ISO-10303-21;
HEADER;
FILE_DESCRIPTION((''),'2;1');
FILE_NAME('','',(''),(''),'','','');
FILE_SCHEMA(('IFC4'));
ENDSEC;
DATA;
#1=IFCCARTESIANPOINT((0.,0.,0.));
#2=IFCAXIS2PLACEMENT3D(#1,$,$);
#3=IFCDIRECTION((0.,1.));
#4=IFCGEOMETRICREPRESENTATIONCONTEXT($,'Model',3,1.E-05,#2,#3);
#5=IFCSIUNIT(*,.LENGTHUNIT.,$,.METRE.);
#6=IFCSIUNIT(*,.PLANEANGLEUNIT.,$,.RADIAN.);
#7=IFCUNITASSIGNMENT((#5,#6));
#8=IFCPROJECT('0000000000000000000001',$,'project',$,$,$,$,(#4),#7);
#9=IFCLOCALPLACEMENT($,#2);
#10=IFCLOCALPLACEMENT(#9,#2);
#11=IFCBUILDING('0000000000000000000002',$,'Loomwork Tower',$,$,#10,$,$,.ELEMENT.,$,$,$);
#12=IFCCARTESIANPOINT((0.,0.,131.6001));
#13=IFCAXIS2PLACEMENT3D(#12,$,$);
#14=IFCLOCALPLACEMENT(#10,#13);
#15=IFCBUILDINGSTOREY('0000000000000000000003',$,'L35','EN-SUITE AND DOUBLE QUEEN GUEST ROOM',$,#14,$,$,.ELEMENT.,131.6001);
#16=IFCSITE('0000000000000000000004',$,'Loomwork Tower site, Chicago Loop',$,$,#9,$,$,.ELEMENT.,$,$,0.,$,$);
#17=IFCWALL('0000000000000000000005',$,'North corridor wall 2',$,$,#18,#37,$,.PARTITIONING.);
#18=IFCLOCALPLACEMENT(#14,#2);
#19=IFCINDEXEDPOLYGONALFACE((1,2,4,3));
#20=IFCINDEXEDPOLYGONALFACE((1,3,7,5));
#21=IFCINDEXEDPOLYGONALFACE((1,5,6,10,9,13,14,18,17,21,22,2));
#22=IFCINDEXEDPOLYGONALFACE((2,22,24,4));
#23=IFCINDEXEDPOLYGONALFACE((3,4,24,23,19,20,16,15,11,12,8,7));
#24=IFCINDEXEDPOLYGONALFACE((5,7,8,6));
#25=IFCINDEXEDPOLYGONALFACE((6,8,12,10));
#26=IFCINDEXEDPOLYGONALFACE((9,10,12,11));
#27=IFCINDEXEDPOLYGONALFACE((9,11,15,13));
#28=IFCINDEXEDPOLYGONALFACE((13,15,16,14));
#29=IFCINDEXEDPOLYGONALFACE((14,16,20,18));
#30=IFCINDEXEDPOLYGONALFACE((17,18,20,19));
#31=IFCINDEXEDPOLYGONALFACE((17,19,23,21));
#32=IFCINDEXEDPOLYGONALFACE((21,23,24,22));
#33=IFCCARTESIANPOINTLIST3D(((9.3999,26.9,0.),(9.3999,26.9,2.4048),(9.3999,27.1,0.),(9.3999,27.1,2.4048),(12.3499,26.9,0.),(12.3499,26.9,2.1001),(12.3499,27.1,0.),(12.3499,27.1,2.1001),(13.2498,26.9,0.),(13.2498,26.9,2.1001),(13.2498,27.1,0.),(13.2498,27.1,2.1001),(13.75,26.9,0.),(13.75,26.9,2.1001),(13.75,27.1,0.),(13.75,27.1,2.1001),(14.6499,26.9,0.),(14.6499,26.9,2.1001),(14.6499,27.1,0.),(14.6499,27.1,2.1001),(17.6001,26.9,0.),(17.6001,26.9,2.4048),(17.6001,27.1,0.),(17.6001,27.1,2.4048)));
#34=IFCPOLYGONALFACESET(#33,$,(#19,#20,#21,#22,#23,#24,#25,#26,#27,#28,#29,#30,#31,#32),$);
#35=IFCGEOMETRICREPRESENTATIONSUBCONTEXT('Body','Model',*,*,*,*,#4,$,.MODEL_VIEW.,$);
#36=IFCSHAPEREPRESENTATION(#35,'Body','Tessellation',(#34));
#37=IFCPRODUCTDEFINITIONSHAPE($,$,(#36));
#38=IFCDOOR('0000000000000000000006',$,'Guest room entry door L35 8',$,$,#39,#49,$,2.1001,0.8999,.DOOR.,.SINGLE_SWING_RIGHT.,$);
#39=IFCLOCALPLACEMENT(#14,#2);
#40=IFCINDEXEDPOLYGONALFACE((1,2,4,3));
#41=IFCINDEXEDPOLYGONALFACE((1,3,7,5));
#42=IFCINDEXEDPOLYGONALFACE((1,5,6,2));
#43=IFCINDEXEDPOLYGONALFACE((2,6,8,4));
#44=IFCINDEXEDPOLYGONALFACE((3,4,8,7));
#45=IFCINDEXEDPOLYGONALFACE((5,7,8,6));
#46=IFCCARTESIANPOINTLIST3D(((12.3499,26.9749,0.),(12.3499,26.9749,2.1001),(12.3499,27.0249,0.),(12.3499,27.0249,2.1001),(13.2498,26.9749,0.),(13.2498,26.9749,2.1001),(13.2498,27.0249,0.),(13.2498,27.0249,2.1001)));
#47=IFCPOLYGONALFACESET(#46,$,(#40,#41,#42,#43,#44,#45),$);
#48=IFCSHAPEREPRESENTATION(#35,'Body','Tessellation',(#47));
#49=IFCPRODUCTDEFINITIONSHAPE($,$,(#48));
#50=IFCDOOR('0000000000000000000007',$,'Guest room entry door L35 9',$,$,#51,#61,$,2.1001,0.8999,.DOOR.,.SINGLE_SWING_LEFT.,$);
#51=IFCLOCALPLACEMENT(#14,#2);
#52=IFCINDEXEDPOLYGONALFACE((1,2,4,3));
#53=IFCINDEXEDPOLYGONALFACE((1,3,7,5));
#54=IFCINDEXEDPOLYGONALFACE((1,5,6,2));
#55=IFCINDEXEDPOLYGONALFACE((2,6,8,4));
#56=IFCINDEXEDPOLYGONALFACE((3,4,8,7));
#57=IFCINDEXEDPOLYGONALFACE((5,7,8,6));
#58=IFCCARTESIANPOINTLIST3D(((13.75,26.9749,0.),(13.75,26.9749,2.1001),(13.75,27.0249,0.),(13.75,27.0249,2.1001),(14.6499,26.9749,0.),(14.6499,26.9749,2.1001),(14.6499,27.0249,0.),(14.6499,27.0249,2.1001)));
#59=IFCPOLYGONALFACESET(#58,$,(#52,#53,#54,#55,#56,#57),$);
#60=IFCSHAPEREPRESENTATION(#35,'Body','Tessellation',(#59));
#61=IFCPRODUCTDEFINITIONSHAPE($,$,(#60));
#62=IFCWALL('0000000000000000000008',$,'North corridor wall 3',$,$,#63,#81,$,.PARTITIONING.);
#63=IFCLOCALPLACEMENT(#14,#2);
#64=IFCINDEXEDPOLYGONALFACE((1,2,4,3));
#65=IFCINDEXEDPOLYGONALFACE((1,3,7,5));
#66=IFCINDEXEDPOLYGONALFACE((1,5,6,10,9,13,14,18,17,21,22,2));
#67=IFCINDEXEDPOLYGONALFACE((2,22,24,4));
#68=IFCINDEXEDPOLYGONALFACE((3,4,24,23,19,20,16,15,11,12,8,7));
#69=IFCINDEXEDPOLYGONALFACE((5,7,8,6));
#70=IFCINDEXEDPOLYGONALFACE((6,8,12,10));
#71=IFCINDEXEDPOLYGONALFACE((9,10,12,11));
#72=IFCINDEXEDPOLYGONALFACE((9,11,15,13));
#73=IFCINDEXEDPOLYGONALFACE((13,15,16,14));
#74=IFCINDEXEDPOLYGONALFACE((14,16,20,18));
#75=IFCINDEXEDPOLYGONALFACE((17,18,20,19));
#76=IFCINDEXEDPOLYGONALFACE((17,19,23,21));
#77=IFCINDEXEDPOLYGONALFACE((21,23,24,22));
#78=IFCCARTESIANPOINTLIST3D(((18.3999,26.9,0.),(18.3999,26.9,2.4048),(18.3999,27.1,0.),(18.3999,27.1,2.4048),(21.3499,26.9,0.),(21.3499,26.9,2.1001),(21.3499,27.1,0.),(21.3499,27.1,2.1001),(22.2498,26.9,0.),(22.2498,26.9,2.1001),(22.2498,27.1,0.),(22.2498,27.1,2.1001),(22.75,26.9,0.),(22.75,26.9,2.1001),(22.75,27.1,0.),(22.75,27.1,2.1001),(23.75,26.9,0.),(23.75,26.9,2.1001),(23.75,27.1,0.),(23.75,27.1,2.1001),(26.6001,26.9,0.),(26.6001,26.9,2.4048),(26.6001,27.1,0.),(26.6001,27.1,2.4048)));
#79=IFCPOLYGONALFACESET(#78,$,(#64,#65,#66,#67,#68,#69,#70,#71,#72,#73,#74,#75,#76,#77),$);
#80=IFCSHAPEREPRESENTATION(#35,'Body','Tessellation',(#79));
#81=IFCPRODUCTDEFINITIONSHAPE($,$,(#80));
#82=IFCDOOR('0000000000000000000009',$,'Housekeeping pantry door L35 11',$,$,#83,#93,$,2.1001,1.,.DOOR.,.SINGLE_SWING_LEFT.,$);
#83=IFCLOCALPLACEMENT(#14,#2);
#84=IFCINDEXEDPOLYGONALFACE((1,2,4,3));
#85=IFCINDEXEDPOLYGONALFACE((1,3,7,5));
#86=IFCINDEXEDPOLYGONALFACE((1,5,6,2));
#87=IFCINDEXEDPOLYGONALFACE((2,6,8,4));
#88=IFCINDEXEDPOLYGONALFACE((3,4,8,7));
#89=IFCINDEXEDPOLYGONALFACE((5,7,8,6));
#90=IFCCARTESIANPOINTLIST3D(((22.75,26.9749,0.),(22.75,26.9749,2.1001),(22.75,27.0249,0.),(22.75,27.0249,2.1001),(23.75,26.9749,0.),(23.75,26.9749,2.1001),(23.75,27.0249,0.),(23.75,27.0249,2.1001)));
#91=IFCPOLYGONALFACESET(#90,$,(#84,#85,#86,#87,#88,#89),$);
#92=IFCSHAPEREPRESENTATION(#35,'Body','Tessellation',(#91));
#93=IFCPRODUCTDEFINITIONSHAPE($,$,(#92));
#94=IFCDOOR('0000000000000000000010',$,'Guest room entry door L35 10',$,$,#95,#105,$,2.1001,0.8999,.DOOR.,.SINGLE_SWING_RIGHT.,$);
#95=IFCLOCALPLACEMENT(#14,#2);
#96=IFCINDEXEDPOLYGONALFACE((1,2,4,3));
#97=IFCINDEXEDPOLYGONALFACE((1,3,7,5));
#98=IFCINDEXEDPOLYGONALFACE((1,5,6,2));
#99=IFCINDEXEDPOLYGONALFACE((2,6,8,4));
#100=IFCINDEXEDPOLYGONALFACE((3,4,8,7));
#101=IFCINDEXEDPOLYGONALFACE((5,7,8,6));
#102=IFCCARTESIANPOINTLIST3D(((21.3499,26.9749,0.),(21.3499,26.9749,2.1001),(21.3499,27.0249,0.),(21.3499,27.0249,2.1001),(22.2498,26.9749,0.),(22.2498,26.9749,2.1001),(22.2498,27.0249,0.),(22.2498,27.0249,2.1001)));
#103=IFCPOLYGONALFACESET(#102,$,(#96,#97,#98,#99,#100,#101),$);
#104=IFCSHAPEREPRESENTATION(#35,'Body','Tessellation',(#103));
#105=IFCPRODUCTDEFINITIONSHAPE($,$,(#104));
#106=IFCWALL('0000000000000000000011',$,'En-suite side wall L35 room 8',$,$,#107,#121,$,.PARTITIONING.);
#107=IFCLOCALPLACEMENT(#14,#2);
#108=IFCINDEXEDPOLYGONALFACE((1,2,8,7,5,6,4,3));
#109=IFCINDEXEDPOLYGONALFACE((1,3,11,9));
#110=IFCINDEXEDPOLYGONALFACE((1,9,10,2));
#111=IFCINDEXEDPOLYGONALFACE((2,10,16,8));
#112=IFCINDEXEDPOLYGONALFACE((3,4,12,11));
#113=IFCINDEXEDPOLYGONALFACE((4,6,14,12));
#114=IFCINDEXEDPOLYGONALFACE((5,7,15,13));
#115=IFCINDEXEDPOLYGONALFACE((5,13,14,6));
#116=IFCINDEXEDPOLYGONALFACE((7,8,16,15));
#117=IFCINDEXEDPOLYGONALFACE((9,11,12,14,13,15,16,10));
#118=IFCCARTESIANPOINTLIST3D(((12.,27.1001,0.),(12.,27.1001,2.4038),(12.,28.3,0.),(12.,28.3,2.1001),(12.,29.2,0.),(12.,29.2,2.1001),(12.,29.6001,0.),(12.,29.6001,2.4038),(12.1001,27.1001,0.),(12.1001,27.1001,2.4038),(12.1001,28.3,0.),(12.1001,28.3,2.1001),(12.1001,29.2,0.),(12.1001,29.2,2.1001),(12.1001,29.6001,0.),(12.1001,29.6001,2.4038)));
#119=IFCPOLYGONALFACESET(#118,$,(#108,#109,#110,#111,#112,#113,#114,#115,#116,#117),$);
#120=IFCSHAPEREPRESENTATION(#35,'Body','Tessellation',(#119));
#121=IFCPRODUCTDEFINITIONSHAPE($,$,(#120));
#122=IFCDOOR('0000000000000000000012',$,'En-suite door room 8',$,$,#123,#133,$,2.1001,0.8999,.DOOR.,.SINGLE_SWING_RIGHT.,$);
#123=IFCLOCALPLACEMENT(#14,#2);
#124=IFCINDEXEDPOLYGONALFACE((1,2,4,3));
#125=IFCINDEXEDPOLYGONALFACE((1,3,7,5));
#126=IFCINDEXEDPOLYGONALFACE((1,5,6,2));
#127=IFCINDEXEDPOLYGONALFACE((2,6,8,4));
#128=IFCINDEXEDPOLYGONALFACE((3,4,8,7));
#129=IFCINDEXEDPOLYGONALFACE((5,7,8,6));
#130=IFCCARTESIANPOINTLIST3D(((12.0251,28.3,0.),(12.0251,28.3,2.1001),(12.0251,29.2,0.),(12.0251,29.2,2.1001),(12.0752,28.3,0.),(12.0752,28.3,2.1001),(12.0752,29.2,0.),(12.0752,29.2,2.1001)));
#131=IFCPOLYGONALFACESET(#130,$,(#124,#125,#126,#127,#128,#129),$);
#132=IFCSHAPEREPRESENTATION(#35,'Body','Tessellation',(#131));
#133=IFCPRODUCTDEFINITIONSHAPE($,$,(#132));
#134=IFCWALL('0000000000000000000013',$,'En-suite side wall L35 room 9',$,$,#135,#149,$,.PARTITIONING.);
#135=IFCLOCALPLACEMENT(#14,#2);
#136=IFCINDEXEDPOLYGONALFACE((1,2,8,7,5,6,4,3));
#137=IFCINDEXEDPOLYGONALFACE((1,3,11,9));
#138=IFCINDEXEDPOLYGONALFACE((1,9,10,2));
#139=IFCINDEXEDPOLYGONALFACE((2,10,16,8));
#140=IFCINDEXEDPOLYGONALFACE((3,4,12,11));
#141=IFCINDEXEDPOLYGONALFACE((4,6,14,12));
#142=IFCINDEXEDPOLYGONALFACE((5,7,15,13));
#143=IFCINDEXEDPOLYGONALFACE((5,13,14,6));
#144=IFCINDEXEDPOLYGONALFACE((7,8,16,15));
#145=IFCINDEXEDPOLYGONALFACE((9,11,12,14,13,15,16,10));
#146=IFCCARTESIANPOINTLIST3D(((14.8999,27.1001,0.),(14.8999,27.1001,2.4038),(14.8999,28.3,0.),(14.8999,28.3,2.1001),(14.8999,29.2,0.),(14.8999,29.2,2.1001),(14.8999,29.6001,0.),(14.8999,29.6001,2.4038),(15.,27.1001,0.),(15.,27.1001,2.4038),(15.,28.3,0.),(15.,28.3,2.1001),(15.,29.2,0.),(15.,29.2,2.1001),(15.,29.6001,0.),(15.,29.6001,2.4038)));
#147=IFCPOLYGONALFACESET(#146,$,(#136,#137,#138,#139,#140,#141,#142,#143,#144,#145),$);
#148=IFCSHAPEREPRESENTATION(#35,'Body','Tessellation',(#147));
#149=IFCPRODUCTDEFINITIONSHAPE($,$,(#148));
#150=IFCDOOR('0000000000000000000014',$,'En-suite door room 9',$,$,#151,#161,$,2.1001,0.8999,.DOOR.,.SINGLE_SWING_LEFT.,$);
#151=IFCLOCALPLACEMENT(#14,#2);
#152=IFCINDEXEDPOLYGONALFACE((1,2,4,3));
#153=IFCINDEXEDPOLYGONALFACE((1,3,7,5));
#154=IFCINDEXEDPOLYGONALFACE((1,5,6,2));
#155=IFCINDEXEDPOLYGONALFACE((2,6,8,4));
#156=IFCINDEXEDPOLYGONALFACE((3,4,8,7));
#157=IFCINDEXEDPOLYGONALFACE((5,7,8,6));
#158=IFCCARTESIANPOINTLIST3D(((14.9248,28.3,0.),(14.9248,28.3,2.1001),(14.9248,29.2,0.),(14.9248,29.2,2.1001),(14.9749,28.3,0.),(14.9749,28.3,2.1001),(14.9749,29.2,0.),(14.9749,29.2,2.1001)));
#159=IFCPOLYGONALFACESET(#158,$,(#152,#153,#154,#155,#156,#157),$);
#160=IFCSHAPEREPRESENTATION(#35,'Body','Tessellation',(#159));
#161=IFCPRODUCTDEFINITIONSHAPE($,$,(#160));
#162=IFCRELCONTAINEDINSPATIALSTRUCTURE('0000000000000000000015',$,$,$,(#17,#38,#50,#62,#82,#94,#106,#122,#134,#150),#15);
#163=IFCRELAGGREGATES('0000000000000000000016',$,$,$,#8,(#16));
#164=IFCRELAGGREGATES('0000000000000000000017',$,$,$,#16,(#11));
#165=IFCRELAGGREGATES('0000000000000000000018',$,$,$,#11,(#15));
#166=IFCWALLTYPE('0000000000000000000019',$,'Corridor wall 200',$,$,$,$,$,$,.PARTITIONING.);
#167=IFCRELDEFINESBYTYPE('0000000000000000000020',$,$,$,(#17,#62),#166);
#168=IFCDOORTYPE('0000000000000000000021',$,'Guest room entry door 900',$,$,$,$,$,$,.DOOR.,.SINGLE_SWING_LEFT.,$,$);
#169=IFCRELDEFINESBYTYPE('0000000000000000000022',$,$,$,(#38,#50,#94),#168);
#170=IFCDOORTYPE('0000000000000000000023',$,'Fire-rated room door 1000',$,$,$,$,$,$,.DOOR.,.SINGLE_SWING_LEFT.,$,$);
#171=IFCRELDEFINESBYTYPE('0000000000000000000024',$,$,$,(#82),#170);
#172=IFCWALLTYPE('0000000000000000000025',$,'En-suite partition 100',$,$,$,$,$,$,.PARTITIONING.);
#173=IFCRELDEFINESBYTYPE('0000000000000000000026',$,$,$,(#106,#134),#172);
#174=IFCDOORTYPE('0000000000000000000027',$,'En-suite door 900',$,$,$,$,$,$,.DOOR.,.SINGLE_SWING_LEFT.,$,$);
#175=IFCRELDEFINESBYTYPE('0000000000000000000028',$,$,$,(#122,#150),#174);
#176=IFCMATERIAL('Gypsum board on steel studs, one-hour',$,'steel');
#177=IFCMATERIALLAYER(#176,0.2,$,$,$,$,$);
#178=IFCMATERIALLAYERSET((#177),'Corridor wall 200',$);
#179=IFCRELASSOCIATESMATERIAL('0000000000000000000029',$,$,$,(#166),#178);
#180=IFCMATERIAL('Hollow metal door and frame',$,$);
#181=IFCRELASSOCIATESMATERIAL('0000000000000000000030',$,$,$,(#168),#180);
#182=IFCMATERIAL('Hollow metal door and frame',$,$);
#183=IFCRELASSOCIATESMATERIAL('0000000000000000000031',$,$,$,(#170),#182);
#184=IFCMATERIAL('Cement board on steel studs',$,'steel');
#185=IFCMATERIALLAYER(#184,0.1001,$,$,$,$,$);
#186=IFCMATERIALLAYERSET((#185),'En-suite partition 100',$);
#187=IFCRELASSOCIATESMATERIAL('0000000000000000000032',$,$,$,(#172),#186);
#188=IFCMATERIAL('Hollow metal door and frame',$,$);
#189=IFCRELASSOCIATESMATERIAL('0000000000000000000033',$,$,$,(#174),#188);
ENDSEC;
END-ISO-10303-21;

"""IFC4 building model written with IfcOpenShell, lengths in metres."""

from ifc_helpers import new_model, si_unit, direction, frame, frame_2d, origin, place, context, subcontext, project, spatial, rectangle, extrude, material, layer, layer_set, type_object, element, fill, save


model = new_model("IFC4")

# Units and contexts
model_context = context("Model", 3, precision=1e-05, world=origin(), true_north=direction((0.0, 1.0)))
body_context = subcontext(model_context, "Body", "Model", "MODEL_VIEW")
ifc_project = project(units=[si_unit("LENGTHUNIT", "METRE"), si_unit("PLANEANGLEUNIT", "RADIAN")], contexts=[model_context])

# Site, building, storey
site_placement = place(None, origin())
site = spatial("IfcSite", under=ifc_project, at=site_placement, Name="Loomwork Tower site, Chicago Loop", CompositionType="ELEMENT", RefElevation=0.0)
building_placement = place(site_placement, origin())
building = spatial("IfcBuilding", under=site, at=building_placement, Name="Loomwork Tower", CompositionType="ELEMENT")
storey_placement = place(building_placement, frame((0.0, 0.0, 131.6001)))
storey = spatial("IfcBuildingStorey", under=building, at=storey_placement, Name="L35", Description="EN-SUITE AND DOUBLE QUEEN GUEST ROOM", CompositionType="ELEMENT", Elevation=131.6001)

# Walls, openings, doors
ifc_material_1 = material(Name="Gypsum board on steel studs, one-hour", Category="steel")
ifc_layer_1 = layer(ifc_material_1, 0.2)
ifc_layer_set_1 = layer_set([ifc_layer_1], Name="Corridor wall 200")
wall_type_1 = type_object("IfcWallType", Name="Corridor wall 200", PredefinedType="PARTITIONING", material=ifc_layer_set_1)
wall_1_placement = place(storey_placement, frame((9.3999, 27.0, 0.0), z_axis=(0.0, 0.0, 1.0), x_axis=(1.0, 0.0, 0.0)))
wall_1 = element("IfcWall", 1, at=wall_1_placement, inside=storey, type_object=wall_type_1, Name="North corridor wall 2", PredefinedType="PARTITIONING", context=body_context, shape_type="SweptSolid", body=[
    extrude(rectangle(XDim=8.2002, YDim=0.2, at=frame_2d((4.1001, 0.0))), origin(), (0.0, 0.0, 1.0), 2.4048),
])
opening_1_placement = place(wall_1_placement, frame((2.95, 0.0, 0.0)))
opening_1 = element("IfcOpeningElement", 2, at=opening_1_placement, cuts=wall_1, PredefinedType="OPENING", context=body_context, shape_type="SweptSolid", body=[
    extrude(rectangle(XDim=0.8999, YDim=2.1001, at=frame_2d((0.45, 1.05))), frame((0.0, 0.1099, 0.0), z_axis=(0.0, -1.0, 0.0), x_axis=(1.0, 0.0, 0.0)), (0.0, 0.0, 1.0), 0.22),
])
opening_2_placement = place(wall_1_placement, frame((4.3501, 0.0, 0.0)))
opening_2 = element("IfcOpeningElement", 3, at=opening_2_placement, cuts=wall_1, PredefinedType="OPENING", context=body_context, shape_type="SweptSolid", body=[
    extrude(rectangle(XDim=0.8999, YDim=2.1001, at=frame_2d((0.45, 1.05))), frame((0.0, 0.1099, 0.0), z_axis=(0.0, -1.0, 0.0), x_axis=(1.0, 0.0, 0.0)), (0.0, 0.0, 1.0), 0.22),
])
ifc_material_2 = material(Name="Hollow metal door and frame")
door_type_1 = type_object("IfcDoorType", Name="Guest room entry door 900", OperationType="SINGLE_SWING_LEFT", PredefinedType="DOOR", material=ifc_material_2)
door_1_placement = place(opening_1_placement, origin())
door_1 = element("IfcDoor", 4, at=door_1_placement, inside=storey, type_object=door_type_1, Name="Guest room entry door L35 8", OperationType="SINGLE_SWING_RIGHT", OverallHeight=2.1001, OverallWidth=0.8999, PredefinedType="DOOR", context=body_context, shape_type="SweptSolid", body=[
    extrude(rectangle(XDim=0.8999, YDim=2.1001, at=frame_2d((0.45, 1.05))), frame((0.0, 0.0249, 0.0), z_axis=(0.0, -1.0, 0.0), x_axis=(1.0, 0.0, 0.0)), (0.0, 0.0, 1.0), 0.05),
])
fill(opening_1, door_1)
door_2_placement = place(opening_2_placement, origin())
door_2 = element("IfcDoor", 5, at=door_2_placement, inside=storey, type_object=door_type_1, Name="Guest room entry door L35 9", OperationType="SINGLE_SWING_LEFT", OverallHeight=2.1001, OverallWidth=0.8999, PredefinedType="DOOR", context=body_context, shape_type="SweptSolid", body=[
    extrude(rectangle(XDim=0.8999, YDim=2.1001, at=frame_2d((0.45, 1.05))), frame((0.0, 0.0249, 0.0), z_axis=(0.0, -1.0, 0.0), x_axis=(1.0, 0.0, 0.0)), (0.0, 0.0, 1.0), 0.05),
])
fill(opening_2, door_2)
wall_2_placement = place(storey_placement, frame((18.3999, 27.0, 0.0), z_axis=(0.0, 0.0, 1.0), x_axis=(1.0, 0.0, 0.0)))
wall_2 = element("IfcWall", 6, at=wall_2_placement, inside=storey, type_object=wall_type_1, Name="North corridor wall 3", PredefinedType="PARTITIONING", context=body_context, shape_type="SweptSolid", body=[
    extrude(rectangle(XDim=8.2002, YDim=0.2, at=frame_2d((4.1001, 0.0))), origin(), (0.0, 0.0, 1.0), 2.4048),
])
opening_3_placement = place(wall_2_placement, frame((2.95, 0.0, 0.0)))
opening_3 = element("IfcOpeningElement", 7, at=opening_3_placement, cuts=wall_2, PredefinedType="OPENING", context=body_context, shape_type="SweptSolid", body=[
    extrude(rectangle(XDim=0.8999, YDim=2.1001, at=frame_2d((0.45, 1.05))), frame((0.0, 0.1099, 0.0), z_axis=(0.0, -1.0, 0.0), x_axis=(1.0, 0.0, 0.0)), (0.0, 0.0, 1.0), 0.22),
])
opening_4_placement = place(wall_2_placement, frame((4.3501, 0.0, 0.0)))
opening_4 = element("IfcOpeningElement", 8, at=opening_4_placement, cuts=wall_2, PredefinedType="OPENING", context=body_context, shape_type="SweptSolid", body=[
    extrude(rectangle(XDim=1.0, YDim=2.1001, at=frame_2d((0.5, 1.05))), frame((0.0, 0.1099, 0.0), z_axis=(0.0, -1.0, 0.0), x_axis=(1.0, 0.0, 0.0)), (0.0, 0.0, 1.0), 0.22),
])
ifc_material_3 = material(Name="Hollow metal door and frame")
door_type_2 = type_object("IfcDoorType", Name="Fire-rated room door 1000", OperationType="SINGLE_SWING_LEFT", PredefinedType="DOOR", material=ifc_material_3)
door_3_placement = place(opening_4_placement, origin())
door_3 = element("IfcDoor", 9, at=door_3_placement, inside=storey, type_object=door_type_2, Name="Housekeeping pantry door L35 11", OperationType="SINGLE_SWING_LEFT", OverallHeight=2.1001, OverallWidth=1.0, PredefinedType="DOOR", context=body_context, shape_type="SweptSolid", body=[
    extrude(rectangle(XDim=1.0, YDim=2.1001, at=frame_2d((0.5, 1.05))), frame((0.0, 0.0249, 0.0), z_axis=(0.0, -1.0, 0.0), x_axis=(1.0, 0.0, 0.0)), (0.0, 0.0, 1.0), 0.05),
])
fill(opening_4, door_3)
door_4_placement = place(opening_3_placement, origin())
door_4 = element("IfcDoor", 10, at=door_4_placement, inside=storey, type_object=door_type_1, Name="Guest room entry door L35 10", OperationType="SINGLE_SWING_RIGHT", OverallHeight=2.1001, OverallWidth=0.8999, PredefinedType="DOOR", context=body_context, shape_type="SweptSolid", body=[
    extrude(rectangle(XDim=0.8999, YDim=2.1001, at=frame_2d((0.45, 1.05))), frame((0.0, 0.0249, 0.0), z_axis=(0.0, -1.0, 0.0), x_axis=(1.0, 0.0, 0.0)), (0.0, 0.0, 1.0), 0.05),
])
fill(opening_3, door_4)

# Walls, openings, doors
ifc_material_4 = material(Name="Cement board on steel studs", Category="steel")
ifc_layer_2 = layer(ifc_material_4, 0.1001)
ifc_layer_set_2 = layer_set([ifc_layer_2], Name="En-suite partition 100")
wall_type_2 = type_object("IfcWallType", Name="En-suite partition 100", PredefinedType="PARTITIONING", material=ifc_layer_set_2)
wall_3_placement = place(storey_placement, frame((12.05, 27.1001, 0.0), z_axis=(0.0, 0.0, 1.0), x_axis=(0.0, 1.0, 0.0)))
wall_3 = element("IfcWall", 11, at=wall_3_placement, inside=storey, type_object=wall_type_2, Name="En-suite side wall L35 room 8", PredefinedType="PARTITIONING", context=body_context, shape_type="SweptSolid", body=[
    extrude(rectangle(XDim=2.5, YDim=0.1001, at=frame_2d((1.25, 0.0))), origin(), (0.0, 0.0, 1.0), 2.4038),
])
opening_5_placement = place(wall_3_placement, frame((1.2, 0.0, 0.0)))
opening_5 = element("IfcOpeningElement", 12, at=opening_5_placement, cuts=wall_3, PredefinedType="OPENING", context=body_context, shape_type="SweptSolid", body=[
    extrude(rectangle(XDim=0.8999, YDim=2.1001, at=frame_2d((0.45, 1.05))), frame((0.0, 0.0601, 0.0), z_axis=(0.0, -1.0, 0.0), x_axis=(1.0, 0.0, 0.0)), (0.0, 0.0, 1.0), 0.1201),
])
ifc_material_5 = material(Name="Hollow metal door and frame")
door_type_3 = type_object("IfcDoorType", Name="En-suite door 900", OperationType="SINGLE_SWING_LEFT", PredefinedType="DOOR", material=ifc_material_5)
door_5_placement = place(opening_5_placement, origin())
door_5 = element("IfcDoor", 13, at=door_5_placement, inside=storey, type_object=door_type_3, Name="En-suite door room 8", OperationType="SINGLE_SWING_RIGHT", OverallHeight=2.1001, OverallWidth=0.8999, PredefinedType="DOOR", context=body_context, shape_type="SweptSolid", body=[
    extrude(rectangle(XDim=0.8999, YDim=2.1001, at=frame_2d((0.45, 1.05))), frame((0.0, 0.0249, 0.0), z_axis=(0.0, -1.0, 0.0), x_axis=(1.0, 0.0, 0.0)), (0.0, 0.0, 1.0), 0.05),
])
fill(opening_5, door_5)
wall_4_placement = place(storey_placement, frame((14.95, 27.1001, 0.0), z_axis=(0.0, 0.0, 1.0), x_axis=(0.0, 1.0, 0.0)))
wall_4 = element("IfcWall", 14, at=wall_4_placement, inside=storey, type_object=wall_type_2, Name="En-suite side wall L35 room 9", PredefinedType="PARTITIONING", context=body_context, shape_type="SweptSolid", body=[
    extrude(rectangle(XDim=2.5, YDim=0.1001, at=frame_2d((1.25, 0.0))), origin(), (0.0, 0.0, 1.0), 2.4038),
])
opening_6_placement = place(wall_4_placement, frame((1.2, 0.0, 0.0)))
opening_6 = element("IfcOpeningElement", 15, at=opening_6_placement, cuts=wall_4, PredefinedType="OPENING", context=body_context, shape_type="SweptSolid", body=[
    extrude(rectangle(XDim=0.8999, YDim=2.1001, at=frame_2d((0.45, 1.05))), frame((0.0, 0.0601, 0.0), z_axis=(0.0, -1.0, 0.0), x_axis=(1.0, 0.0, 0.0)), (0.0, 0.0, 1.0), 0.1201),
])
door_6_placement = place(opening_6_placement, frame((0.8999, 0.0, 0.0), z_axis=(0.0, 0.0, 1.0), x_axis=(-1.0, 0.0, 0.0)))
door_6 = element("IfcDoor", 16, at=door_6_placement, inside=storey, type_object=door_type_3, Name="En-suite door room 9", OperationType="SINGLE_SWING_LEFT", OverallHeight=2.1001, OverallWidth=0.8999, PredefinedType="DOOR", context=body_context, shape_type="SweptSolid", body=[
    extrude(rectangle(XDim=0.8999, YDim=2.1001, at=frame_2d((0.45, 1.05))), frame((0.0, 0.0249, 0.0), z_axis=(0.0, -1.0, 0.0), x_axis=(1.0, 0.0, 0.0)), (0.0, 0.0, 1.0), 0.05),
])
fill(opening_6, door_6)

save(model, "model.ifc")
